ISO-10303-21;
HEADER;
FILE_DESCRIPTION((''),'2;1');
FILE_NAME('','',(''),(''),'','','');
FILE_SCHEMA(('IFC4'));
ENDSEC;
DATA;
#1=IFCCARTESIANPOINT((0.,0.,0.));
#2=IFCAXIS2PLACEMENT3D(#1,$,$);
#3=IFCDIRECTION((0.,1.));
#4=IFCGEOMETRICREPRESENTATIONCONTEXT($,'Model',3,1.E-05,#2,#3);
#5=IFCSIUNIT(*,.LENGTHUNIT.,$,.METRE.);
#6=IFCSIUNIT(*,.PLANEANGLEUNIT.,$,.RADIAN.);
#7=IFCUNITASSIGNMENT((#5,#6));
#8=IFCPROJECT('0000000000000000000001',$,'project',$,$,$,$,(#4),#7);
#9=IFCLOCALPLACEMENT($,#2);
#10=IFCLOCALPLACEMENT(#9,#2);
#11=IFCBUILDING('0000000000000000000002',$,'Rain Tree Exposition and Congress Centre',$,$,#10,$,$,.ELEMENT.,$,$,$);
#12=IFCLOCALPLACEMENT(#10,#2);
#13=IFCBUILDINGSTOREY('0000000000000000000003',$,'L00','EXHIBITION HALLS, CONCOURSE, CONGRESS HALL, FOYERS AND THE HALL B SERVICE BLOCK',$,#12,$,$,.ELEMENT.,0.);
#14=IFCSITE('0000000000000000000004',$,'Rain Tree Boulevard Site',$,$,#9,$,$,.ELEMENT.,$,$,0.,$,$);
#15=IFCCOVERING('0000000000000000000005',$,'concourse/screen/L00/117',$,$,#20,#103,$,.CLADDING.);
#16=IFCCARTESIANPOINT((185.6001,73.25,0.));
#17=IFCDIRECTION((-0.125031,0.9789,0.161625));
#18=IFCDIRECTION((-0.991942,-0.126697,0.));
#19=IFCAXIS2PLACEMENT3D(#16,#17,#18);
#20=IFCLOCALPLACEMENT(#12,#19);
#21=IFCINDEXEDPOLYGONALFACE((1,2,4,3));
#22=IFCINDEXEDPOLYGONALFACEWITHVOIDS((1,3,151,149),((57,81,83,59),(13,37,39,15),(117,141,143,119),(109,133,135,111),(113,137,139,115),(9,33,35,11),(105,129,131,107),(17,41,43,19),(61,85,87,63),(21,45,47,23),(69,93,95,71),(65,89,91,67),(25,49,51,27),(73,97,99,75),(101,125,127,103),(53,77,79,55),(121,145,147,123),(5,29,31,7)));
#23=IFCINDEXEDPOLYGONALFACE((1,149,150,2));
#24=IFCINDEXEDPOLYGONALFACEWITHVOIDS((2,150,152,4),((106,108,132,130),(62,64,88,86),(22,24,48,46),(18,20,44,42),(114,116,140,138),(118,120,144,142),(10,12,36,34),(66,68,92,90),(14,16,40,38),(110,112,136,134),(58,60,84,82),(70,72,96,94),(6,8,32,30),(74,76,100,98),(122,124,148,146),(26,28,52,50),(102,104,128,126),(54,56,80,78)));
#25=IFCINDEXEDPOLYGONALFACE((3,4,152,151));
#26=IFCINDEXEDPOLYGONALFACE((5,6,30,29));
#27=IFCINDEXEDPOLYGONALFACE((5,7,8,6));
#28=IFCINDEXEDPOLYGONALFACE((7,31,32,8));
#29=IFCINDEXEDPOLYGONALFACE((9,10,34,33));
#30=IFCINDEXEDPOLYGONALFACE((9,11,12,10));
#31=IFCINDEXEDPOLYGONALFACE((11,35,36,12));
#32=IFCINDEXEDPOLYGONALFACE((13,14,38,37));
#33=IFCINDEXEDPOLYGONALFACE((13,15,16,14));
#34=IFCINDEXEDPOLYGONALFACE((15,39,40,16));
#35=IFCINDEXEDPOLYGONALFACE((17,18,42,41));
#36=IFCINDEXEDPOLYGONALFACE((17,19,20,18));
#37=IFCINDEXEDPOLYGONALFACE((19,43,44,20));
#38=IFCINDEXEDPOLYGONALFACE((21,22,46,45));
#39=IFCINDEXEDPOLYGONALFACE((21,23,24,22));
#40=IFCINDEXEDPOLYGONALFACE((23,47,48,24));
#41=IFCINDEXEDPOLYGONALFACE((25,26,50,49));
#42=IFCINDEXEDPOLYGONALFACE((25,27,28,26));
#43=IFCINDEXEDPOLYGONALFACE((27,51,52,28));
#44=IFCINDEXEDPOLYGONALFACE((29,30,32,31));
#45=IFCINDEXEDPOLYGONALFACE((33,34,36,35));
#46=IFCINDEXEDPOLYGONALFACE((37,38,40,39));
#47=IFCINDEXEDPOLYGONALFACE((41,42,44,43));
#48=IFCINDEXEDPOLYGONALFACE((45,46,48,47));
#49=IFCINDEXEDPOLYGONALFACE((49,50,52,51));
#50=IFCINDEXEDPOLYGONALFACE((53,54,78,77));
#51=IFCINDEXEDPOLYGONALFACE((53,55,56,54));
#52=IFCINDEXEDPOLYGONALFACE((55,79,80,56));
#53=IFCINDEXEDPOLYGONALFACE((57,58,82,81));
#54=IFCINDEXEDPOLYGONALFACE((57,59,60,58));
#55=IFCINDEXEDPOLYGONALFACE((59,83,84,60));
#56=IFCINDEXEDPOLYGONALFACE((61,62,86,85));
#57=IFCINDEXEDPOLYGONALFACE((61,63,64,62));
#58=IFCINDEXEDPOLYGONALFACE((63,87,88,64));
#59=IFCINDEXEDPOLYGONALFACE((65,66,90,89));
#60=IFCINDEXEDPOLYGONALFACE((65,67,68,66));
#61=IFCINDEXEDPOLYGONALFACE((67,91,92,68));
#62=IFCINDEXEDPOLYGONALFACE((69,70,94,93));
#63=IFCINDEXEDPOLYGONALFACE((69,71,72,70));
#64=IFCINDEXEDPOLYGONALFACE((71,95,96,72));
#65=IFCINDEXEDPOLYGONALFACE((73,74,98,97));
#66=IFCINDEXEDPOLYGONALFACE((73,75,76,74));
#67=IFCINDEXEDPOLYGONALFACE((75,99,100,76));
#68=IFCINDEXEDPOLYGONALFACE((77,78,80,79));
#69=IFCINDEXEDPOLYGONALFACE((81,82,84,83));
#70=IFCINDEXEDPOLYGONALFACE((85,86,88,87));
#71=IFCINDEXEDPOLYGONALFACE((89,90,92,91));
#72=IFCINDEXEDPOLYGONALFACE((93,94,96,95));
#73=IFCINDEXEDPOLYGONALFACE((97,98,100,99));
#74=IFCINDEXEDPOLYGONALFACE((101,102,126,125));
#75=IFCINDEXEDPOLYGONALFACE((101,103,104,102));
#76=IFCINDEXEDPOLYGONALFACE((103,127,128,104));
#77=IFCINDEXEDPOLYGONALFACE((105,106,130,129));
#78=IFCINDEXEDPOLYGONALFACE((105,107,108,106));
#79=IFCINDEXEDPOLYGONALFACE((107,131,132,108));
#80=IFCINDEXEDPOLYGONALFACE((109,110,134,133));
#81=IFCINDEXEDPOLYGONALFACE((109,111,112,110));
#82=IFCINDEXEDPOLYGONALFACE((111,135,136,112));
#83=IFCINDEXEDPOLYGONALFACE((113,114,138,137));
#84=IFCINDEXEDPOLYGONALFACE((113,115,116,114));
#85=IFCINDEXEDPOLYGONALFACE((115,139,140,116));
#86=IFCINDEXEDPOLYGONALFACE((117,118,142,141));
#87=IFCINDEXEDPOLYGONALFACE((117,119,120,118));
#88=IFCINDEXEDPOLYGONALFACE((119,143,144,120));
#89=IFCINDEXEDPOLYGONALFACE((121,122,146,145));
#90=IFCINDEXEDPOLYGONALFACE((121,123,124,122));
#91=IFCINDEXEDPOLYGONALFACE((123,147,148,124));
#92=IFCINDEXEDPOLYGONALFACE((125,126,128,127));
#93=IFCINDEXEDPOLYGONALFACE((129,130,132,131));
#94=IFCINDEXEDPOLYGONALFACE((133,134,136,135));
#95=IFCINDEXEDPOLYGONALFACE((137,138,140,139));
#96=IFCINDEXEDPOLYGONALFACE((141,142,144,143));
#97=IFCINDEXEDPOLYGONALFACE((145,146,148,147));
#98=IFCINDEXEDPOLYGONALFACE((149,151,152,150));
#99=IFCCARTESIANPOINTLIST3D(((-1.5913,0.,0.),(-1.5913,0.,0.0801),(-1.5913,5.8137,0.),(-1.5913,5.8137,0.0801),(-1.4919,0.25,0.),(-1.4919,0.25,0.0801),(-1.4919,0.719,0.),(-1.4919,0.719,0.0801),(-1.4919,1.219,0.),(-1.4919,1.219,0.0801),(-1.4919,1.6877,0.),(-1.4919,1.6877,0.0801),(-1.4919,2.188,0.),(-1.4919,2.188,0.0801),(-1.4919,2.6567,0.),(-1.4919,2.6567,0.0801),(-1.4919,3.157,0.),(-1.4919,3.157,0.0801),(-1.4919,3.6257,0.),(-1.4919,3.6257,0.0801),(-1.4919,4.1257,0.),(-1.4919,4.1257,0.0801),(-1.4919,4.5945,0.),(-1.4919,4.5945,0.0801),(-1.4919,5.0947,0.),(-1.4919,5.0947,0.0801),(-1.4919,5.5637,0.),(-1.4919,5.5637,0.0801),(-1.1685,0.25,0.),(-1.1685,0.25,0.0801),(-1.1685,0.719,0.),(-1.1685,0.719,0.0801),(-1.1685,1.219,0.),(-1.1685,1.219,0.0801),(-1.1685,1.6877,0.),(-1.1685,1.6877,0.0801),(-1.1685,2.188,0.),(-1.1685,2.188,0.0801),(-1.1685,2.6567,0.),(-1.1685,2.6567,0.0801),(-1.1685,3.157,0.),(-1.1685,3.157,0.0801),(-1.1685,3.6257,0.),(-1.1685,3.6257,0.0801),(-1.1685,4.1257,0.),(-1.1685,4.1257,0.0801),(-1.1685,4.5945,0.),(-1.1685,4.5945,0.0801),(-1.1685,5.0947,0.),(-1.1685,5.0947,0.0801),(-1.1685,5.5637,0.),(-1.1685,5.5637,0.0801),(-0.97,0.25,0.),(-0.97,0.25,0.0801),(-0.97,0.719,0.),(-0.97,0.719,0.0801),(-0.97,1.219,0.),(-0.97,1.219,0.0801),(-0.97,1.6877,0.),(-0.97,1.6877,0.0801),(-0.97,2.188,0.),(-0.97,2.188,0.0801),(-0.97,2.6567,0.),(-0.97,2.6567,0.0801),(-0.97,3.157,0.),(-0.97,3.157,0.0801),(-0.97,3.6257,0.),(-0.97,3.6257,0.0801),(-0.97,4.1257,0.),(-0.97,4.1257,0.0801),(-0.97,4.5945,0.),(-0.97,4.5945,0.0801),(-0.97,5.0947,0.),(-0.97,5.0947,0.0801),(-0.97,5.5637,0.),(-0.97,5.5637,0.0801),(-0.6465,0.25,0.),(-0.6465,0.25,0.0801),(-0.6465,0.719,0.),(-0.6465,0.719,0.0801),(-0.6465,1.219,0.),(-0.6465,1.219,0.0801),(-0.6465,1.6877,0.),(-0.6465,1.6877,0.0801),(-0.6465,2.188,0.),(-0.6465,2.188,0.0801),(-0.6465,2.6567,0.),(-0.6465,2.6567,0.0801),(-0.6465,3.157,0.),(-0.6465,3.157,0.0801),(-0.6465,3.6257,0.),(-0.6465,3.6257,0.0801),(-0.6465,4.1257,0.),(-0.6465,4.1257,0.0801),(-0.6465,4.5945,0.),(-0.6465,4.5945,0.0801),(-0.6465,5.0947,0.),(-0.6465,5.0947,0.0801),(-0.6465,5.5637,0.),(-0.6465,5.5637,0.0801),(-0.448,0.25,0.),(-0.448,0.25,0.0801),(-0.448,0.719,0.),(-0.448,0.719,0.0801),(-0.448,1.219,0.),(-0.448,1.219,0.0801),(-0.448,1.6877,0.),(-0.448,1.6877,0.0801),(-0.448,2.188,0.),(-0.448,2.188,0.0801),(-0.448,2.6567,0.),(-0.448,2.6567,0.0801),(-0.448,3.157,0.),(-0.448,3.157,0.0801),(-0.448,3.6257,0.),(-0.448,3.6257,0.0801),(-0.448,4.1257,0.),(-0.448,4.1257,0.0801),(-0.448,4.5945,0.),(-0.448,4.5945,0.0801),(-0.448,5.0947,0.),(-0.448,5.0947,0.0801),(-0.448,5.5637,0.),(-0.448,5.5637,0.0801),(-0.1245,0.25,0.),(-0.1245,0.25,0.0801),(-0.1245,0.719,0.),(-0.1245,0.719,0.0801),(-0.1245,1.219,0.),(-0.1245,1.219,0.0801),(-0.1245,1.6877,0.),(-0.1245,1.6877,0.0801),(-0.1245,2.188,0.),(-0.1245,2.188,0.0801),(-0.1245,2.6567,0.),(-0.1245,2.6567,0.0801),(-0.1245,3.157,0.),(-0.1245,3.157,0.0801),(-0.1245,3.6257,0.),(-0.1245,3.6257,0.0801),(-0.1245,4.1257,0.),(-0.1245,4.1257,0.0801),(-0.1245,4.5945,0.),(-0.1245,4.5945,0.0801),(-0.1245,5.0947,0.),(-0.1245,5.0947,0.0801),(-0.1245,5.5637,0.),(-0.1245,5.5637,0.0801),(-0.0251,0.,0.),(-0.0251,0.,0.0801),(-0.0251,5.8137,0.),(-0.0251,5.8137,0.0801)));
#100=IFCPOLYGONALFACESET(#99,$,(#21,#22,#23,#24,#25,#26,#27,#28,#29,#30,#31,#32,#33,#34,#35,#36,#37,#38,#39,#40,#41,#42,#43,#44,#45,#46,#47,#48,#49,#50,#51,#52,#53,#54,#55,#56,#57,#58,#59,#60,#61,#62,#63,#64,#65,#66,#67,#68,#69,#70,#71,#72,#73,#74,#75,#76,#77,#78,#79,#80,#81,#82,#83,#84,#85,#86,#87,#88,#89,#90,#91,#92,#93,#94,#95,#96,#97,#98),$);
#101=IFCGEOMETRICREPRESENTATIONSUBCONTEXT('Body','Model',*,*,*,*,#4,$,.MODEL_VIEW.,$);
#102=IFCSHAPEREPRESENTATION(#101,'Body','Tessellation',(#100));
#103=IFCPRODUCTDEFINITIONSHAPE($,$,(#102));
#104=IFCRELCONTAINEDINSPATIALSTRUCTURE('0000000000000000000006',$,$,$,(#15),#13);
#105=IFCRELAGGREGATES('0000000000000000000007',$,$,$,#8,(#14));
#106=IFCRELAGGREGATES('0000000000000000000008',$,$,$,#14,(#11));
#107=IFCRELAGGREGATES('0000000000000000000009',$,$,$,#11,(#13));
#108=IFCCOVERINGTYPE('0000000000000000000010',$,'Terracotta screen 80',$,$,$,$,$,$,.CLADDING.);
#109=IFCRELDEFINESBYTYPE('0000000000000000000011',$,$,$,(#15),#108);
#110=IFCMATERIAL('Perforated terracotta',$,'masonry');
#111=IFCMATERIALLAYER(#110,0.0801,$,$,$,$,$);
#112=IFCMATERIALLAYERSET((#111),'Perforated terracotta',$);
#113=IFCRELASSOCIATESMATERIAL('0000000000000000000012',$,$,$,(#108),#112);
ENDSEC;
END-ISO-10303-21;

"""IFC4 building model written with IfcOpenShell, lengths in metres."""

from ifc_helpers import new_model, si_unit, direction, frame, origin, place, context, subcontext, project, spatial, polyline, outline, extrude, material, layer, layer_set, type_object, element, save


model = new_model("IFC4")

# Units and contexts
model_context = context("Model", 3, precision=1e-05, world=origin(), true_north=direction((0.0, 1.0)))
body_context = subcontext(model_context, "Body", "Model", "MODEL_VIEW")
ifc_project = project(units=[si_unit("LENGTHUNIT", "METRE"), si_unit("PLANEANGLEUNIT", "RADIAN")], contexts=[model_context])

# Site, building, storey
site_placement = place(None, origin())
site = spatial("IfcSite", under=ifc_project, at=site_placement, Name="Rain Tree Boulevard Site", CompositionType="ELEMENT", RefElevation=0.0)
building_placement = place(site_placement, origin())
building = spatial("IfcBuilding", under=site, at=building_placement, Name="Rain Tree Exposition and Congress Centre", CompositionType="ELEMENT")
storey_placement = place(building_placement, origin())
storey = spatial("IfcBuildingStorey", under=building, at=storey_placement, Name="L00", Description="EXHIBITION HALLS, CONCOURSE, CONGRESS HALL, FOYERS AND THE HALL B SERVICE BLOCK", CompositionType="ELEMENT", Elevation=0.0)

# Covering
ifc_material_1 = material(Name="Perforated terracotta", Category="masonry")
ifc_layer_1 = layer(ifc_material_1, 0.0801)
ifc_layer_set_1 = layer_set([ifc_layer_1], Name="Perforated terracotta")
covering_type = type_object("IfcCoveringType", Name="Terracotta screen 80", PredefinedType="CLADDING", material=ifc_layer_set_1)
covering_1_placement = place(storey_placement, frame((185.6001, 73.25, 0.0), z_axis=(-0.125031, 0.9789, 0.161625), x_axis=(-0.991942, -0.126697, 0.0)))
element("IfcCovering", 1, at=covering_1_placement, inside=storey, type_object=covering_type, Name="concourse/screen/L00/117", PredefinedType="CLADDING", context=body_context, shape_type="SweptSolid", body=[
    extrude(outline(polyline([(-0.0251, 0.0), (-1.5913, 0.0), (-1.5913, 5.8137), (-0.0251, 5.8137), (-0.0251, 0.0)]), holes=[polyline([(-0.1245, 0.25), (-0.1245, 0.719), (-0.448, 0.719), (-0.448, 0.25), (-0.1245, 0.25)]), polyline([(-0.1245, 1.219), (-0.1245, 1.6877), (-0.448, 1.6877), (-0.448, 1.219), (-0.1245, 1.219)]), polyline([(-0.1245, 2.188), (-0.1245, 2.6567), (-0.448, 2.6567), (-0.448, 2.188), (-0.1245, 2.188)]), polyline([(-0.1245, 3.157), (-0.1245, 3.6257), (-0.448, 3.6257), (-0.448, 3.157), (-0.1245, 3.157)]), polyline([(-0.1245, 4.1257), (-0.1245, 4.5945), (-0.448, 4.5945), (-0.448, 4.1257), (-0.1245, 4.1257)]), polyline([(-0.1245, 5.0947), (-0.1245, 5.5637), (-0.448, 5.5637), (-0.448, 5.0947), (-0.1245, 5.0947)]), polyline([(-0.6465, 0.25), (-0.6465, 0.719), (-0.97, 0.719), (-0.97, 0.25), (-0.6465, 0.25)]), polyline([(-0.6465, 1.219), (-0.6465, 1.6877), (-0.97, 1.6877), (-0.97, 1.219), (-0.6465, 1.219)]), polyline([(-0.6465, 2.188), (-0.6465, 2.6567), (-0.97, 2.6567), (-0.97, 2.188), (-0.6465, 2.188)]), polyline([(-0.6465, 3.157), (-0.6465, 3.6257), (-0.97, 3.6257), (-0.97, 3.157), (-0.6465, 3.157)]), polyline([(-0.6465, 4.1257), (-0.6465, 4.5945), (-0.97, 4.5945), (-0.97, 4.1257), (-0.6465, 4.1257)]), polyline([(-0.6465, 5.0947), (-0.6465, 5.5637), (-0.97, 5.5637), (-0.97, 5.0947), (-0.6465, 5.0947)]), polyline([(-1.1685, 0.25), (-1.1685, 0.719), (-1.4919, 0.719), (-1.4919, 0.25), (-1.1685, 0.25)]), polyline([(-1.1685, 1.219), (-1.1685, 1.6877), (-1.4919, 1.6877), (-1.4919, 1.219), (-1.1685, 1.219)]), polyline([(-1.1685, 2.188), (-1.1685, 2.6567), (-1.4919, 2.6567), (-1.4919, 2.188), (-1.1685, 2.188)]), polyline([(-1.1685, 3.157), (-1.1685, 3.6257), (-1.4919, 3.6257), (-1.4919, 3.157), (-1.1685, 3.157)]), polyline([(-1.1685, 4.1257), (-1.1685, 4.5945), (-1.4919, 4.5945), (-1.4919, 4.1257), (-1.1685, 4.1257)]), polyline([(-1.1685, 5.0947), (-1.1685, 5.5637), (-1.4919, 5.5637), (-1.4919, 5.0947), (-1.1685, 5.0947)])]), origin(), (0.0, 0.0, 1.0), 0.0801),
])

save(model, "model.ifc")
